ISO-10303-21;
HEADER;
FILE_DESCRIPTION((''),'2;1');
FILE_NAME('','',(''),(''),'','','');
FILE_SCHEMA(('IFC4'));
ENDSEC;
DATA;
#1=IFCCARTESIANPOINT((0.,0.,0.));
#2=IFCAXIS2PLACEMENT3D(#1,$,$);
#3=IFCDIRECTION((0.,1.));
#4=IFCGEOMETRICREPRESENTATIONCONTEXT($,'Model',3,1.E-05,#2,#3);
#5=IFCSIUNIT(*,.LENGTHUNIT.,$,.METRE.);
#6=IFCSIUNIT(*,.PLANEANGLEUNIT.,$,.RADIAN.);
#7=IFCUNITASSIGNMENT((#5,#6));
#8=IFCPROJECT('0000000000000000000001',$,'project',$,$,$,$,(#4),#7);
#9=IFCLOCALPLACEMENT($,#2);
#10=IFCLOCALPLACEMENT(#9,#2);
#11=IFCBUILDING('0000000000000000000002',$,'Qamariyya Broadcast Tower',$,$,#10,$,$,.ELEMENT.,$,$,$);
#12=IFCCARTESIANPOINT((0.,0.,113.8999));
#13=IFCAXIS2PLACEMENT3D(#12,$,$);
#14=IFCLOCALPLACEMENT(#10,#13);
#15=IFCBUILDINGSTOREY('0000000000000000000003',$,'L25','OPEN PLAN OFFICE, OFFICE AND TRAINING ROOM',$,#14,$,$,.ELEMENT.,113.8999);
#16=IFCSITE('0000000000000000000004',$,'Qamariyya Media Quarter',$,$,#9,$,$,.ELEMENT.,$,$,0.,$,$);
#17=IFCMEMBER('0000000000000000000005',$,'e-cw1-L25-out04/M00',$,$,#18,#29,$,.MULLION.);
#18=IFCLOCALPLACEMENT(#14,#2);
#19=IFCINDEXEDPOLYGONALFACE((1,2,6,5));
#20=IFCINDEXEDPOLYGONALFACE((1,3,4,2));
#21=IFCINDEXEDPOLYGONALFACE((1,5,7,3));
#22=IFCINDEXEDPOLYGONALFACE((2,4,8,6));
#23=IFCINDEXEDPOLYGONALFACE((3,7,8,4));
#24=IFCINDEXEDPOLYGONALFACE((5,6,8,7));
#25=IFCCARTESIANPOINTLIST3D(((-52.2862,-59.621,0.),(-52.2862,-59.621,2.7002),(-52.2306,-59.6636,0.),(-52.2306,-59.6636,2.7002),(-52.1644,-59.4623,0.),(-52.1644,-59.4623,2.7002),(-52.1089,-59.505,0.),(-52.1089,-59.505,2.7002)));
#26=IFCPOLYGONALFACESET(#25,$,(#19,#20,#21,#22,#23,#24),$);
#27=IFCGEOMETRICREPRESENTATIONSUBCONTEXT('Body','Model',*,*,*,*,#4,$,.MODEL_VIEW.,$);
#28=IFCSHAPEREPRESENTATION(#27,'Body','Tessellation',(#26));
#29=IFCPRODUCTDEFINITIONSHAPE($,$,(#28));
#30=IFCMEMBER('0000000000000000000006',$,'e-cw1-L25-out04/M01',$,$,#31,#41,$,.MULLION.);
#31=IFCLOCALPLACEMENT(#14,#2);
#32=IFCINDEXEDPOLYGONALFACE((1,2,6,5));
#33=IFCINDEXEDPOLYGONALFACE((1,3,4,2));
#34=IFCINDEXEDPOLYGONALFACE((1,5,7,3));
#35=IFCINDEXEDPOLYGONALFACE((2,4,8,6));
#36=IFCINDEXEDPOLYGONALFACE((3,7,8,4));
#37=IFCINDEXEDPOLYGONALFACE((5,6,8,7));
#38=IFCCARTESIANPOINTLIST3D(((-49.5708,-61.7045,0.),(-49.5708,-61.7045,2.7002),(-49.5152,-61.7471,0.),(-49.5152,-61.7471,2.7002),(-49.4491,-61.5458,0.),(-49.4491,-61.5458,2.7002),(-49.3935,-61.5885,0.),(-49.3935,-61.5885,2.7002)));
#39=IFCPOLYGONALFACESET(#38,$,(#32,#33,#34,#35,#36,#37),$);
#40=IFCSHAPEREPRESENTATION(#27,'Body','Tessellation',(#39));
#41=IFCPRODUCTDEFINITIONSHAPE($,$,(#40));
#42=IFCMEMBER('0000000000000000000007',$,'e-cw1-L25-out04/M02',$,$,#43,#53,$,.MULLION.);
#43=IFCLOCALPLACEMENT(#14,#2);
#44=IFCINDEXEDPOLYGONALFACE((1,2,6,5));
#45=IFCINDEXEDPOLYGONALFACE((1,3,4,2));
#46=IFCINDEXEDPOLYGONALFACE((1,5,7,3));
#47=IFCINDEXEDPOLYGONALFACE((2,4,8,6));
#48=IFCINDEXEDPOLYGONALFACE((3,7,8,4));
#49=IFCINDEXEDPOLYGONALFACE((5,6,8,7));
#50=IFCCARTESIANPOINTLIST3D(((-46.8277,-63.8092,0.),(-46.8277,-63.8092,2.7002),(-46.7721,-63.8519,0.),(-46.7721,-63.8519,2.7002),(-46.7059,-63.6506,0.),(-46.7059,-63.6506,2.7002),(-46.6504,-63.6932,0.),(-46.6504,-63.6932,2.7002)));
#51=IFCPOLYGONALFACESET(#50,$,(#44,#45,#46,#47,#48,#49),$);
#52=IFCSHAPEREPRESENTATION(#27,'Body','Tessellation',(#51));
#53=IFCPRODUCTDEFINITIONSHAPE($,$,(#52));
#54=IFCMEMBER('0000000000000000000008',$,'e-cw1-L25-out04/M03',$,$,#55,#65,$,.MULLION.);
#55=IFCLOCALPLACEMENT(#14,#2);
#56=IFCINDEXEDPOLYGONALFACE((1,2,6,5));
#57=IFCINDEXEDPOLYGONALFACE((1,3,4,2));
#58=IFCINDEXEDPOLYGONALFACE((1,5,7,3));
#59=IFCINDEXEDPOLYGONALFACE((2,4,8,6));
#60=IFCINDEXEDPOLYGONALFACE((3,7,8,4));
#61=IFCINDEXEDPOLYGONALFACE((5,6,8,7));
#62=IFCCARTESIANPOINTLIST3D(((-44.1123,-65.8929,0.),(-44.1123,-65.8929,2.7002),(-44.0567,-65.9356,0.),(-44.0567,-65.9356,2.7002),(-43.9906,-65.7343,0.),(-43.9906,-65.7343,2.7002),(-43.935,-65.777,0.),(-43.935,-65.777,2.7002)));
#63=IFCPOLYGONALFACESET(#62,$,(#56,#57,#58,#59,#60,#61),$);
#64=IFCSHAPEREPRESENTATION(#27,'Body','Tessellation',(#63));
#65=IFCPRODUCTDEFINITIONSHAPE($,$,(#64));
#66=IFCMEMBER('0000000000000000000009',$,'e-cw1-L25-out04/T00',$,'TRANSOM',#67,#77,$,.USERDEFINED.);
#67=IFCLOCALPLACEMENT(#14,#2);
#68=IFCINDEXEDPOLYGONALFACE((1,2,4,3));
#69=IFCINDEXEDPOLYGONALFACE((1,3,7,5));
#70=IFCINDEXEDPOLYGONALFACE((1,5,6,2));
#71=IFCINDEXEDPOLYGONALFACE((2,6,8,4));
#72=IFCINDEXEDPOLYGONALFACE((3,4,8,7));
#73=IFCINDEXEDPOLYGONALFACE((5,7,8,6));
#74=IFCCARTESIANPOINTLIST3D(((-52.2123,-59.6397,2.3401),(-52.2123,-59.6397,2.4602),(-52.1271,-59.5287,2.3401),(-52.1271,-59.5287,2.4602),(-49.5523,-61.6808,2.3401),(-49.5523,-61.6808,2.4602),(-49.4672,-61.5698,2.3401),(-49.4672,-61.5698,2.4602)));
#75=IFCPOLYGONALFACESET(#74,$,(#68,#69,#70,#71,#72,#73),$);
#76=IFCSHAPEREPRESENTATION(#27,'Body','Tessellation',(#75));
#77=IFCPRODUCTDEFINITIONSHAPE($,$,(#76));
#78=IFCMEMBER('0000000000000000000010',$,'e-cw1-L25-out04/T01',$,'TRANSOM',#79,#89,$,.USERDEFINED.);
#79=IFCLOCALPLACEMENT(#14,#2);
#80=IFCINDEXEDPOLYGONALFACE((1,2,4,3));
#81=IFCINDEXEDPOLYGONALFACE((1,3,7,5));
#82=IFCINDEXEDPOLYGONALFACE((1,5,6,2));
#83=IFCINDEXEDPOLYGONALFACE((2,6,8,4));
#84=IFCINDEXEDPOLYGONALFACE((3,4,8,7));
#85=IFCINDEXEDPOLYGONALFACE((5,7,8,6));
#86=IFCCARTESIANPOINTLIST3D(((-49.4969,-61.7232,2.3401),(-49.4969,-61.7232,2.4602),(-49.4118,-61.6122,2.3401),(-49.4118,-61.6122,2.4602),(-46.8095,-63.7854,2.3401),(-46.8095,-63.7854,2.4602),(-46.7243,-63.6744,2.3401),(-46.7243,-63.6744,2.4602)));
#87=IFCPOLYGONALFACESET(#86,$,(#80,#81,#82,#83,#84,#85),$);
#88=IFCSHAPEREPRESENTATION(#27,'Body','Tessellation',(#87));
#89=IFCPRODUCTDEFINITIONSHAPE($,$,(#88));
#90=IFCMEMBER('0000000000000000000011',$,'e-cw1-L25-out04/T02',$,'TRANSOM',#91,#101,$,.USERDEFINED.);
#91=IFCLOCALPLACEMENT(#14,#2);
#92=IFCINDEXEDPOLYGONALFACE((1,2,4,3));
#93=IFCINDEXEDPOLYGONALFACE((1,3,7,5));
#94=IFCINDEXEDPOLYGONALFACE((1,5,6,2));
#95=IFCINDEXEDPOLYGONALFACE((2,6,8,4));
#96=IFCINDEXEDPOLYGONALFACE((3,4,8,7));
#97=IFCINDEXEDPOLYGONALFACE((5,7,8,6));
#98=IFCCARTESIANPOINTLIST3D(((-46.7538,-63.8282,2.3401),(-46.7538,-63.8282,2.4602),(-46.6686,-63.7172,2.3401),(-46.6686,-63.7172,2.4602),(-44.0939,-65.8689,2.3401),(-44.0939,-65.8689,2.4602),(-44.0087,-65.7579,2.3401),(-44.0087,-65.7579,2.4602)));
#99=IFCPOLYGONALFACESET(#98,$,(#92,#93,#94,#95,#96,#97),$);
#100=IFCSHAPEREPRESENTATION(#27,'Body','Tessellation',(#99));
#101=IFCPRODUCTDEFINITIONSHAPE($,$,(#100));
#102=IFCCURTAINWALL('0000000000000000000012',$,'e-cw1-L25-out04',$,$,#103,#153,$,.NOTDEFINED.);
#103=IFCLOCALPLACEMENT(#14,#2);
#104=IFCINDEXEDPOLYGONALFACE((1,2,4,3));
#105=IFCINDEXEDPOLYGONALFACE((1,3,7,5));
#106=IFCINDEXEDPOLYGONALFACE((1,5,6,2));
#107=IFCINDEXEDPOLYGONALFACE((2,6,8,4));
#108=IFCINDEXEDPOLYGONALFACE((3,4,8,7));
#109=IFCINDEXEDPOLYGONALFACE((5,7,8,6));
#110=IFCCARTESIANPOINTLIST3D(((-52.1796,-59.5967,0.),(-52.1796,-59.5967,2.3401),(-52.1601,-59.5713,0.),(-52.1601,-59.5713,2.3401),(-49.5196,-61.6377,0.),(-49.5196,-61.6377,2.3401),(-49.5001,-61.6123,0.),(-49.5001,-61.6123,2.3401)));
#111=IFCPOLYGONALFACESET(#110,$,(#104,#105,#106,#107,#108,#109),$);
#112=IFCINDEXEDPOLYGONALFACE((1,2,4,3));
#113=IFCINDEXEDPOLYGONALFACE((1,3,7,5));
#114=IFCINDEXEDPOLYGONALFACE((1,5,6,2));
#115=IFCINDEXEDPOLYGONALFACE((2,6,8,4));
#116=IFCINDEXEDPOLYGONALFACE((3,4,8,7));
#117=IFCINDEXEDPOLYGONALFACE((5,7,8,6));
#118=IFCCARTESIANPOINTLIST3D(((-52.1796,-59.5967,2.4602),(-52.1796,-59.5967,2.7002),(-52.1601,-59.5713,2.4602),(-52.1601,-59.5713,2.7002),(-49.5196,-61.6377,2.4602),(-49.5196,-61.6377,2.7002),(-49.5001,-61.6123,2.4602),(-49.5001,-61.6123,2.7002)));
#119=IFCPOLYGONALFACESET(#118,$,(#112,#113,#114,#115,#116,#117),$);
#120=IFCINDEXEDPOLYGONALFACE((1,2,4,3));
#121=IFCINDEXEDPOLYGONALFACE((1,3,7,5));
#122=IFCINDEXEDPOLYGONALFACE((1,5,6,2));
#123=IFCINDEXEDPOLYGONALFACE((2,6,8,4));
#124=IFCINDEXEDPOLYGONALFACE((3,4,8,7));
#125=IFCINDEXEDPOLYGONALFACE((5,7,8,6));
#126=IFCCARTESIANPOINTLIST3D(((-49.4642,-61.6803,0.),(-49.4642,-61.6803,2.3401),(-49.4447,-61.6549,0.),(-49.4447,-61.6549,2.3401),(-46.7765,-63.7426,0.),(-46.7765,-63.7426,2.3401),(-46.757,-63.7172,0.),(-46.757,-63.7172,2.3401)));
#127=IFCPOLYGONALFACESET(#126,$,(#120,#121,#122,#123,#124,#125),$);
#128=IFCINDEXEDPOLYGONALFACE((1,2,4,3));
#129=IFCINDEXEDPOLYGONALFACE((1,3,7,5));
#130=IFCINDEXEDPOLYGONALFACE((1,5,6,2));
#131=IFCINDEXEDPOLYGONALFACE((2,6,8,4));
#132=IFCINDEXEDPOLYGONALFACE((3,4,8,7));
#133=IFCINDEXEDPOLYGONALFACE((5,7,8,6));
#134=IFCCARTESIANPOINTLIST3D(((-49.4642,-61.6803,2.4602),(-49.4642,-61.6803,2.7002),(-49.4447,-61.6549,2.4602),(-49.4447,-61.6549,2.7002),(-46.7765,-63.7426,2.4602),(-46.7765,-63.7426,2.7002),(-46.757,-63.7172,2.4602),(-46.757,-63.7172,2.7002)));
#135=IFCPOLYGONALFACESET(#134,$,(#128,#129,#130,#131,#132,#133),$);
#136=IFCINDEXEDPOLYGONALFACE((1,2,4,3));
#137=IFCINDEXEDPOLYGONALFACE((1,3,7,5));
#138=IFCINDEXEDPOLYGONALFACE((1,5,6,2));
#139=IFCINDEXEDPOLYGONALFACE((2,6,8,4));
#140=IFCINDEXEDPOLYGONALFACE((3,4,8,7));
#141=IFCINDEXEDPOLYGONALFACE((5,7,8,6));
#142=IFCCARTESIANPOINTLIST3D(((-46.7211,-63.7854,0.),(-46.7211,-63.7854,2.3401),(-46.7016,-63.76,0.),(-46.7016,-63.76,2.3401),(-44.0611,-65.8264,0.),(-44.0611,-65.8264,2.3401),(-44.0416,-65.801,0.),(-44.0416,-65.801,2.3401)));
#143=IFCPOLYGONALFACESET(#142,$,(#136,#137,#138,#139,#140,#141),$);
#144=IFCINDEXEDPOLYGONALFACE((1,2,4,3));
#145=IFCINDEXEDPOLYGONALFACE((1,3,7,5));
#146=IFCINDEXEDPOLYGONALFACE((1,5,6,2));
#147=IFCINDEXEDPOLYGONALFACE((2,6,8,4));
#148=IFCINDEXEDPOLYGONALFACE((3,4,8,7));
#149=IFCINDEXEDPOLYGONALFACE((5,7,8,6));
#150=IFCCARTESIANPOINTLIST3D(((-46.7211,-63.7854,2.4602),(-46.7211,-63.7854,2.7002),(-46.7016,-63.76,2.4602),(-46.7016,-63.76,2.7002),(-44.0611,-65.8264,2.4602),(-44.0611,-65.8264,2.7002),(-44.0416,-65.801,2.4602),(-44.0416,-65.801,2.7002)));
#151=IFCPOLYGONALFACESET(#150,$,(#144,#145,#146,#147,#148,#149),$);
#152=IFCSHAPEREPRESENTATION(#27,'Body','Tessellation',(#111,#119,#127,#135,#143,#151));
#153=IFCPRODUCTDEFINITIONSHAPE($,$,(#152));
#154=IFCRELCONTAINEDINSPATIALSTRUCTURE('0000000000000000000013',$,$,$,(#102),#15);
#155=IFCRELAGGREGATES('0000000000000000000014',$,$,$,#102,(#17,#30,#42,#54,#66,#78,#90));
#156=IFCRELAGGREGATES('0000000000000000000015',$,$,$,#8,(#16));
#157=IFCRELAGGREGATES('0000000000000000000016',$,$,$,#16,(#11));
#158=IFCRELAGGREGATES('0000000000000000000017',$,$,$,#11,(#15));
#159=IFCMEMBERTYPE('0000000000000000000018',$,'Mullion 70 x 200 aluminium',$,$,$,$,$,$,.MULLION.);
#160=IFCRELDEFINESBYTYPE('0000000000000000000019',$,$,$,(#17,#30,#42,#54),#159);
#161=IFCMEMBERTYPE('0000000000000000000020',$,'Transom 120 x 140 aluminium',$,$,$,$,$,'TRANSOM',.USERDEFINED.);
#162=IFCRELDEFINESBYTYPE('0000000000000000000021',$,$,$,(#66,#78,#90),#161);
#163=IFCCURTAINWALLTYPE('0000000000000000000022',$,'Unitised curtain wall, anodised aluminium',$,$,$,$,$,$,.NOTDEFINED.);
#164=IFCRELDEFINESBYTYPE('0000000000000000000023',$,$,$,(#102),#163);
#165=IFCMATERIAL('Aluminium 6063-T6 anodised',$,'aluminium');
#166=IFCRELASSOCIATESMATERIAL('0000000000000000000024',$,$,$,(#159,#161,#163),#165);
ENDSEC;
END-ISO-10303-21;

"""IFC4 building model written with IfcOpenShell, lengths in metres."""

from ifc_helpers import new_model, si_unit, direction, frame, origin, origin_2d, place, context, subcontext, project, spatial, rectangle, extrude, material, material_profile, profile_set, type_object, element, aggregate, save


model = new_model("IFC4")

# Units and contexts
model_context = context("Model", 3, precision=1e-05, world=origin(), true_north=direction((0.0, 1.0)))
body_context = subcontext(model_context, "Body", "Model", "MODEL_VIEW")
ifc_project = project(units=[si_unit("LENGTHUNIT", "METRE"), si_unit("PLANEANGLEUNIT", "RADIAN")], contexts=[model_context])

# Members
ifc_material = material(Name="Aluminium 6063-T6 anodised", Category="aluminium")
ifc_material_profile_1 = material_profile(ifc_material, rectangle(XDim=0.2, YDim=0.0701, at=origin_2d()))
ifc_profile_set_1 = profile_set([ifc_material_profile_1], Name="Aluminium 6063-T6 anodised")
member_type_1 = type_object("IfcMemberType", Name="Mullion 70 x 200 aluminium", PredefinedType="MULLION", material=ifc_profile_set_1)
site_placement = place(None, origin())
building_placement = place(site_placement, origin())
storey_placement = place(building_placement, frame((0.0, 0.0, 113.8999)))
member_1_placement = place(storey_placement, frame((-52.1975, -59.563, 0.0), z_axis=(0.0, 0.0, 1.0), x_axis=(0.608761, 0.793353, 0.0)))
member_1 = element("IfcMember", 1, at=member_1_placement, type_object=member_type_1, Name="e-cw1-L25-out04/M00", PredefinedType="MULLION", context=body_context, shape_type="SweptSolid", body=[
    extrude(rectangle(XDim=0.2, YDim=0.0701, at=origin_2d()), origin(), (0.0, 0.0, 1.0), 2.7002),
])
member_2_placement = place(storey_placement, frame((-49.4822, -61.6465, 0.0), z_axis=(0.0, 0.0, 1.0), x_axis=(0.608761, 0.793353, 0.0)))
member_2 = element("IfcMember", 2, at=member_2_placement, type_object=member_type_1, Name="e-cw1-L25-out04/M01", PredefinedType="MULLION", context=body_context, shape_type="SweptSolid", body=[
    extrude(rectangle(XDim=0.2, YDim=0.0701, at=origin_2d()), origin(), (0.0, 0.0, 1.0), 2.7002),
])
member_3_placement = place(storey_placement, frame((-46.739, -63.7512, 0.0), z_axis=(0.0, 0.0, 1.0), x_axis=(0.608761, 0.793353, 0.0)))
member_3 = element("IfcMember", 3, at=member_3_placement, type_object=member_type_1, Name="e-cw1-L25-out04/M02", PredefinedType="MULLION", context=body_context, shape_type="SweptSolid", body=[
    extrude(rectangle(XDim=0.2, YDim=0.0701, at=origin_2d()), origin(), (0.0, 0.0, 1.0), 2.7002),
])
member_4_placement = place(storey_placement, frame((-44.0237, -65.835, 0.0), z_axis=(0.0, 0.0, 1.0), x_axis=(0.608761, 0.793353, 0.0)))
member_4 = element("IfcMember", 4, at=member_4_placement, type_object=member_type_1, Name="e-cw1-L25-out04/M03", PredefinedType="MULLION", context=body_context, shape_type="SweptSolid", body=[
    extrude(rectangle(XDim=0.2, YDim=0.0701, at=origin_2d()), origin(), (0.0, 0.0, 1.0), 2.7002),
])
ifc_material_profile_2 = material_profile(ifc_material, rectangle(XDim=0.1399, YDim=0.1201, at=origin_2d()))
ifc_profile_set_2 = profile_set([ifc_material_profile_2], Name="Aluminium 6063-T6 anodised")
member_type_2 = type_object("IfcMemberType", Name="Transom 120 x 140 aluminium", ElementType="TRANSOM", PredefinedType="USERDEFINED", material=ifc_profile_set_2)
member_5_placement = place(storey_placement, frame((-52.1697, -59.5842, 2.4001), z_axis=(0.793354, -0.60876, 0.0), x_axis=(0.60876, 0.793354, 0.0)))
member_5 = element("IfcMember", 5, at=member_5_placement, type_object=member_type_2, Name="e-cw1-L25-out04/T00", ObjectType="TRANSOM", PredefinedType="USERDEFINED", context=body_context, shape_type="SweptSolid", body=[
    extrude(rectangle(XDim=0.1399, YDim=0.1201, at=origin_2d()), origin(), (0.0, 0.0, 1.0), 3.3528),
])
member_6_placement = place(storey_placement, frame((-49.4543, -61.6677, 2.4001), z_axis=(0.793344, -0.608773, 0.0), x_axis=(0.608773, 0.793344, 0.0)))
member_6 = element("IfcMember", 6, at=member_6_placement, type_object=member_type_2, Name="e-cw1-L25-out04/T01", ObjectType="TRANSOM", PredefinedType="USERDEFINED", context=body_context, shape_type="SweptSolid", body=[
    extrude(rectangle(XDim=0.1399, YDim=0.1201, at=origin_2d()), origin(), (0.0, 0.0, 1.0), 3.3875),
])
member_7_placement = place(storey_placement, frame((-46.7112, -63.7727, 2.4001), z_axis=(0.793389, -0.608714, 0.0), x_axis=(0.608714, 0.793389, 0.0)))
member_7 = element("IfcMember", 7, at=member_7_placement, type_object=member_type_2, Name="e-cw1-L25-out04/T02", ObjectType="TRANSOM", PredefinedType="USERDEFINED", context=body_context, shape_type="SweptSolid", body=[
    extrude(rectangle(XDim=0.1399, YDim=0.1201, at=origin_2d()), origin(), (0.0, 0.0, 1.0), 3.3525),
])

# Site, building, storey
site = spatial("IfcSite", under=ifc_project, at=site_placement, Name="Qamariyya Media Quarter", CompositionType="ELEMENT", RefElevation=0.0)
building = spatial("IfcBuilding", under=site, at=building_placement, Name="Qamariyya Broadcast Tower", CompositionType="ELEMENT")
storey = spatial("IfcBuildingStorey", under=building, at=storey_placement, Name="L25", Description="OPEN PLAN OFFICE, OFFICE AND TRAINING ROOM", CompositionType="ELEMENT", Elevation=113.8999)

# Curtain wall
curtain_wall_type = type_object("IfcCurtainWallType", Name="Unitised curtain wall, anodised aluminium", PredefinedType="NOTDEFINED", material=ifc_material)
curtain_wall_1_placement = place(storey_placement, origin())
curtain_wall_1 = element("IfcCurtainWall", 8, at=curtain_wall_1_placement, inside=storey, type_object=curtain_wall_type, Name="e-cw1-L25-out04", PredefinedType="NOTDEFINED", context=body_context, shape_type="SweptSolid", body=[
    extrude(rectangle(XDim=3.3528, YDim=0.032, at=origin_2d()), frame((-50.8398, -60.6045, 0.0), x_axis=(0.793354, -0.608761, 0.0)), (0.0, 0.0, 1.0), 2.3401),
    extrude(rectangle(XDim=3.3528, YDim=0.032, at=origin_2d()), frame((-50.8398, -60.6045, 2.4602), x_axis=(0.793354, -0.608761, 0.0)), (0.0, 0.0, 1.0), 0.24),
    extrude(rectangle(XDim=3.3877, YDim=0.032, at=origin_2d()), frame((-48.1106, -62.6987, 0.0), x_axis=(0.793354, -0.608761, 0.0)), (0.0, 0.0, 1.0), 2.3401),
    extrude(rectangle(XDim=3.3877, YDim=0.032, at=origin_2d()), frame((-48.1106, -62.6987, 2.4602), x_axis=(0.793354, -0.608761, 0.0)), (0.0, 0.0, 1.0), 0.24),
    extrude(rectangle(XDim=3.3528, YDim=0.032, at=origin_2d()), frame((-45.3813, -64.7932, 0.0), x_axis=(0.793354, -0.608761, 0.0)), (0.0, 0.0, 1.0), 2.3401),
    extrude(rectangle(XDim=3.3528, YDim=0.032, at=origin_2d()), frame((-45.3813, -64.7932, 2.4602), x_axis=(0.793354, -0.608761, 0.0)), (0.0, 0.0, 1.0), 0.24),
])
aggregate(curtain_wall_1, [member_1, member_2, member_3, member_4, member_5, member_6, member_7])

save(model, "model.ifc")
